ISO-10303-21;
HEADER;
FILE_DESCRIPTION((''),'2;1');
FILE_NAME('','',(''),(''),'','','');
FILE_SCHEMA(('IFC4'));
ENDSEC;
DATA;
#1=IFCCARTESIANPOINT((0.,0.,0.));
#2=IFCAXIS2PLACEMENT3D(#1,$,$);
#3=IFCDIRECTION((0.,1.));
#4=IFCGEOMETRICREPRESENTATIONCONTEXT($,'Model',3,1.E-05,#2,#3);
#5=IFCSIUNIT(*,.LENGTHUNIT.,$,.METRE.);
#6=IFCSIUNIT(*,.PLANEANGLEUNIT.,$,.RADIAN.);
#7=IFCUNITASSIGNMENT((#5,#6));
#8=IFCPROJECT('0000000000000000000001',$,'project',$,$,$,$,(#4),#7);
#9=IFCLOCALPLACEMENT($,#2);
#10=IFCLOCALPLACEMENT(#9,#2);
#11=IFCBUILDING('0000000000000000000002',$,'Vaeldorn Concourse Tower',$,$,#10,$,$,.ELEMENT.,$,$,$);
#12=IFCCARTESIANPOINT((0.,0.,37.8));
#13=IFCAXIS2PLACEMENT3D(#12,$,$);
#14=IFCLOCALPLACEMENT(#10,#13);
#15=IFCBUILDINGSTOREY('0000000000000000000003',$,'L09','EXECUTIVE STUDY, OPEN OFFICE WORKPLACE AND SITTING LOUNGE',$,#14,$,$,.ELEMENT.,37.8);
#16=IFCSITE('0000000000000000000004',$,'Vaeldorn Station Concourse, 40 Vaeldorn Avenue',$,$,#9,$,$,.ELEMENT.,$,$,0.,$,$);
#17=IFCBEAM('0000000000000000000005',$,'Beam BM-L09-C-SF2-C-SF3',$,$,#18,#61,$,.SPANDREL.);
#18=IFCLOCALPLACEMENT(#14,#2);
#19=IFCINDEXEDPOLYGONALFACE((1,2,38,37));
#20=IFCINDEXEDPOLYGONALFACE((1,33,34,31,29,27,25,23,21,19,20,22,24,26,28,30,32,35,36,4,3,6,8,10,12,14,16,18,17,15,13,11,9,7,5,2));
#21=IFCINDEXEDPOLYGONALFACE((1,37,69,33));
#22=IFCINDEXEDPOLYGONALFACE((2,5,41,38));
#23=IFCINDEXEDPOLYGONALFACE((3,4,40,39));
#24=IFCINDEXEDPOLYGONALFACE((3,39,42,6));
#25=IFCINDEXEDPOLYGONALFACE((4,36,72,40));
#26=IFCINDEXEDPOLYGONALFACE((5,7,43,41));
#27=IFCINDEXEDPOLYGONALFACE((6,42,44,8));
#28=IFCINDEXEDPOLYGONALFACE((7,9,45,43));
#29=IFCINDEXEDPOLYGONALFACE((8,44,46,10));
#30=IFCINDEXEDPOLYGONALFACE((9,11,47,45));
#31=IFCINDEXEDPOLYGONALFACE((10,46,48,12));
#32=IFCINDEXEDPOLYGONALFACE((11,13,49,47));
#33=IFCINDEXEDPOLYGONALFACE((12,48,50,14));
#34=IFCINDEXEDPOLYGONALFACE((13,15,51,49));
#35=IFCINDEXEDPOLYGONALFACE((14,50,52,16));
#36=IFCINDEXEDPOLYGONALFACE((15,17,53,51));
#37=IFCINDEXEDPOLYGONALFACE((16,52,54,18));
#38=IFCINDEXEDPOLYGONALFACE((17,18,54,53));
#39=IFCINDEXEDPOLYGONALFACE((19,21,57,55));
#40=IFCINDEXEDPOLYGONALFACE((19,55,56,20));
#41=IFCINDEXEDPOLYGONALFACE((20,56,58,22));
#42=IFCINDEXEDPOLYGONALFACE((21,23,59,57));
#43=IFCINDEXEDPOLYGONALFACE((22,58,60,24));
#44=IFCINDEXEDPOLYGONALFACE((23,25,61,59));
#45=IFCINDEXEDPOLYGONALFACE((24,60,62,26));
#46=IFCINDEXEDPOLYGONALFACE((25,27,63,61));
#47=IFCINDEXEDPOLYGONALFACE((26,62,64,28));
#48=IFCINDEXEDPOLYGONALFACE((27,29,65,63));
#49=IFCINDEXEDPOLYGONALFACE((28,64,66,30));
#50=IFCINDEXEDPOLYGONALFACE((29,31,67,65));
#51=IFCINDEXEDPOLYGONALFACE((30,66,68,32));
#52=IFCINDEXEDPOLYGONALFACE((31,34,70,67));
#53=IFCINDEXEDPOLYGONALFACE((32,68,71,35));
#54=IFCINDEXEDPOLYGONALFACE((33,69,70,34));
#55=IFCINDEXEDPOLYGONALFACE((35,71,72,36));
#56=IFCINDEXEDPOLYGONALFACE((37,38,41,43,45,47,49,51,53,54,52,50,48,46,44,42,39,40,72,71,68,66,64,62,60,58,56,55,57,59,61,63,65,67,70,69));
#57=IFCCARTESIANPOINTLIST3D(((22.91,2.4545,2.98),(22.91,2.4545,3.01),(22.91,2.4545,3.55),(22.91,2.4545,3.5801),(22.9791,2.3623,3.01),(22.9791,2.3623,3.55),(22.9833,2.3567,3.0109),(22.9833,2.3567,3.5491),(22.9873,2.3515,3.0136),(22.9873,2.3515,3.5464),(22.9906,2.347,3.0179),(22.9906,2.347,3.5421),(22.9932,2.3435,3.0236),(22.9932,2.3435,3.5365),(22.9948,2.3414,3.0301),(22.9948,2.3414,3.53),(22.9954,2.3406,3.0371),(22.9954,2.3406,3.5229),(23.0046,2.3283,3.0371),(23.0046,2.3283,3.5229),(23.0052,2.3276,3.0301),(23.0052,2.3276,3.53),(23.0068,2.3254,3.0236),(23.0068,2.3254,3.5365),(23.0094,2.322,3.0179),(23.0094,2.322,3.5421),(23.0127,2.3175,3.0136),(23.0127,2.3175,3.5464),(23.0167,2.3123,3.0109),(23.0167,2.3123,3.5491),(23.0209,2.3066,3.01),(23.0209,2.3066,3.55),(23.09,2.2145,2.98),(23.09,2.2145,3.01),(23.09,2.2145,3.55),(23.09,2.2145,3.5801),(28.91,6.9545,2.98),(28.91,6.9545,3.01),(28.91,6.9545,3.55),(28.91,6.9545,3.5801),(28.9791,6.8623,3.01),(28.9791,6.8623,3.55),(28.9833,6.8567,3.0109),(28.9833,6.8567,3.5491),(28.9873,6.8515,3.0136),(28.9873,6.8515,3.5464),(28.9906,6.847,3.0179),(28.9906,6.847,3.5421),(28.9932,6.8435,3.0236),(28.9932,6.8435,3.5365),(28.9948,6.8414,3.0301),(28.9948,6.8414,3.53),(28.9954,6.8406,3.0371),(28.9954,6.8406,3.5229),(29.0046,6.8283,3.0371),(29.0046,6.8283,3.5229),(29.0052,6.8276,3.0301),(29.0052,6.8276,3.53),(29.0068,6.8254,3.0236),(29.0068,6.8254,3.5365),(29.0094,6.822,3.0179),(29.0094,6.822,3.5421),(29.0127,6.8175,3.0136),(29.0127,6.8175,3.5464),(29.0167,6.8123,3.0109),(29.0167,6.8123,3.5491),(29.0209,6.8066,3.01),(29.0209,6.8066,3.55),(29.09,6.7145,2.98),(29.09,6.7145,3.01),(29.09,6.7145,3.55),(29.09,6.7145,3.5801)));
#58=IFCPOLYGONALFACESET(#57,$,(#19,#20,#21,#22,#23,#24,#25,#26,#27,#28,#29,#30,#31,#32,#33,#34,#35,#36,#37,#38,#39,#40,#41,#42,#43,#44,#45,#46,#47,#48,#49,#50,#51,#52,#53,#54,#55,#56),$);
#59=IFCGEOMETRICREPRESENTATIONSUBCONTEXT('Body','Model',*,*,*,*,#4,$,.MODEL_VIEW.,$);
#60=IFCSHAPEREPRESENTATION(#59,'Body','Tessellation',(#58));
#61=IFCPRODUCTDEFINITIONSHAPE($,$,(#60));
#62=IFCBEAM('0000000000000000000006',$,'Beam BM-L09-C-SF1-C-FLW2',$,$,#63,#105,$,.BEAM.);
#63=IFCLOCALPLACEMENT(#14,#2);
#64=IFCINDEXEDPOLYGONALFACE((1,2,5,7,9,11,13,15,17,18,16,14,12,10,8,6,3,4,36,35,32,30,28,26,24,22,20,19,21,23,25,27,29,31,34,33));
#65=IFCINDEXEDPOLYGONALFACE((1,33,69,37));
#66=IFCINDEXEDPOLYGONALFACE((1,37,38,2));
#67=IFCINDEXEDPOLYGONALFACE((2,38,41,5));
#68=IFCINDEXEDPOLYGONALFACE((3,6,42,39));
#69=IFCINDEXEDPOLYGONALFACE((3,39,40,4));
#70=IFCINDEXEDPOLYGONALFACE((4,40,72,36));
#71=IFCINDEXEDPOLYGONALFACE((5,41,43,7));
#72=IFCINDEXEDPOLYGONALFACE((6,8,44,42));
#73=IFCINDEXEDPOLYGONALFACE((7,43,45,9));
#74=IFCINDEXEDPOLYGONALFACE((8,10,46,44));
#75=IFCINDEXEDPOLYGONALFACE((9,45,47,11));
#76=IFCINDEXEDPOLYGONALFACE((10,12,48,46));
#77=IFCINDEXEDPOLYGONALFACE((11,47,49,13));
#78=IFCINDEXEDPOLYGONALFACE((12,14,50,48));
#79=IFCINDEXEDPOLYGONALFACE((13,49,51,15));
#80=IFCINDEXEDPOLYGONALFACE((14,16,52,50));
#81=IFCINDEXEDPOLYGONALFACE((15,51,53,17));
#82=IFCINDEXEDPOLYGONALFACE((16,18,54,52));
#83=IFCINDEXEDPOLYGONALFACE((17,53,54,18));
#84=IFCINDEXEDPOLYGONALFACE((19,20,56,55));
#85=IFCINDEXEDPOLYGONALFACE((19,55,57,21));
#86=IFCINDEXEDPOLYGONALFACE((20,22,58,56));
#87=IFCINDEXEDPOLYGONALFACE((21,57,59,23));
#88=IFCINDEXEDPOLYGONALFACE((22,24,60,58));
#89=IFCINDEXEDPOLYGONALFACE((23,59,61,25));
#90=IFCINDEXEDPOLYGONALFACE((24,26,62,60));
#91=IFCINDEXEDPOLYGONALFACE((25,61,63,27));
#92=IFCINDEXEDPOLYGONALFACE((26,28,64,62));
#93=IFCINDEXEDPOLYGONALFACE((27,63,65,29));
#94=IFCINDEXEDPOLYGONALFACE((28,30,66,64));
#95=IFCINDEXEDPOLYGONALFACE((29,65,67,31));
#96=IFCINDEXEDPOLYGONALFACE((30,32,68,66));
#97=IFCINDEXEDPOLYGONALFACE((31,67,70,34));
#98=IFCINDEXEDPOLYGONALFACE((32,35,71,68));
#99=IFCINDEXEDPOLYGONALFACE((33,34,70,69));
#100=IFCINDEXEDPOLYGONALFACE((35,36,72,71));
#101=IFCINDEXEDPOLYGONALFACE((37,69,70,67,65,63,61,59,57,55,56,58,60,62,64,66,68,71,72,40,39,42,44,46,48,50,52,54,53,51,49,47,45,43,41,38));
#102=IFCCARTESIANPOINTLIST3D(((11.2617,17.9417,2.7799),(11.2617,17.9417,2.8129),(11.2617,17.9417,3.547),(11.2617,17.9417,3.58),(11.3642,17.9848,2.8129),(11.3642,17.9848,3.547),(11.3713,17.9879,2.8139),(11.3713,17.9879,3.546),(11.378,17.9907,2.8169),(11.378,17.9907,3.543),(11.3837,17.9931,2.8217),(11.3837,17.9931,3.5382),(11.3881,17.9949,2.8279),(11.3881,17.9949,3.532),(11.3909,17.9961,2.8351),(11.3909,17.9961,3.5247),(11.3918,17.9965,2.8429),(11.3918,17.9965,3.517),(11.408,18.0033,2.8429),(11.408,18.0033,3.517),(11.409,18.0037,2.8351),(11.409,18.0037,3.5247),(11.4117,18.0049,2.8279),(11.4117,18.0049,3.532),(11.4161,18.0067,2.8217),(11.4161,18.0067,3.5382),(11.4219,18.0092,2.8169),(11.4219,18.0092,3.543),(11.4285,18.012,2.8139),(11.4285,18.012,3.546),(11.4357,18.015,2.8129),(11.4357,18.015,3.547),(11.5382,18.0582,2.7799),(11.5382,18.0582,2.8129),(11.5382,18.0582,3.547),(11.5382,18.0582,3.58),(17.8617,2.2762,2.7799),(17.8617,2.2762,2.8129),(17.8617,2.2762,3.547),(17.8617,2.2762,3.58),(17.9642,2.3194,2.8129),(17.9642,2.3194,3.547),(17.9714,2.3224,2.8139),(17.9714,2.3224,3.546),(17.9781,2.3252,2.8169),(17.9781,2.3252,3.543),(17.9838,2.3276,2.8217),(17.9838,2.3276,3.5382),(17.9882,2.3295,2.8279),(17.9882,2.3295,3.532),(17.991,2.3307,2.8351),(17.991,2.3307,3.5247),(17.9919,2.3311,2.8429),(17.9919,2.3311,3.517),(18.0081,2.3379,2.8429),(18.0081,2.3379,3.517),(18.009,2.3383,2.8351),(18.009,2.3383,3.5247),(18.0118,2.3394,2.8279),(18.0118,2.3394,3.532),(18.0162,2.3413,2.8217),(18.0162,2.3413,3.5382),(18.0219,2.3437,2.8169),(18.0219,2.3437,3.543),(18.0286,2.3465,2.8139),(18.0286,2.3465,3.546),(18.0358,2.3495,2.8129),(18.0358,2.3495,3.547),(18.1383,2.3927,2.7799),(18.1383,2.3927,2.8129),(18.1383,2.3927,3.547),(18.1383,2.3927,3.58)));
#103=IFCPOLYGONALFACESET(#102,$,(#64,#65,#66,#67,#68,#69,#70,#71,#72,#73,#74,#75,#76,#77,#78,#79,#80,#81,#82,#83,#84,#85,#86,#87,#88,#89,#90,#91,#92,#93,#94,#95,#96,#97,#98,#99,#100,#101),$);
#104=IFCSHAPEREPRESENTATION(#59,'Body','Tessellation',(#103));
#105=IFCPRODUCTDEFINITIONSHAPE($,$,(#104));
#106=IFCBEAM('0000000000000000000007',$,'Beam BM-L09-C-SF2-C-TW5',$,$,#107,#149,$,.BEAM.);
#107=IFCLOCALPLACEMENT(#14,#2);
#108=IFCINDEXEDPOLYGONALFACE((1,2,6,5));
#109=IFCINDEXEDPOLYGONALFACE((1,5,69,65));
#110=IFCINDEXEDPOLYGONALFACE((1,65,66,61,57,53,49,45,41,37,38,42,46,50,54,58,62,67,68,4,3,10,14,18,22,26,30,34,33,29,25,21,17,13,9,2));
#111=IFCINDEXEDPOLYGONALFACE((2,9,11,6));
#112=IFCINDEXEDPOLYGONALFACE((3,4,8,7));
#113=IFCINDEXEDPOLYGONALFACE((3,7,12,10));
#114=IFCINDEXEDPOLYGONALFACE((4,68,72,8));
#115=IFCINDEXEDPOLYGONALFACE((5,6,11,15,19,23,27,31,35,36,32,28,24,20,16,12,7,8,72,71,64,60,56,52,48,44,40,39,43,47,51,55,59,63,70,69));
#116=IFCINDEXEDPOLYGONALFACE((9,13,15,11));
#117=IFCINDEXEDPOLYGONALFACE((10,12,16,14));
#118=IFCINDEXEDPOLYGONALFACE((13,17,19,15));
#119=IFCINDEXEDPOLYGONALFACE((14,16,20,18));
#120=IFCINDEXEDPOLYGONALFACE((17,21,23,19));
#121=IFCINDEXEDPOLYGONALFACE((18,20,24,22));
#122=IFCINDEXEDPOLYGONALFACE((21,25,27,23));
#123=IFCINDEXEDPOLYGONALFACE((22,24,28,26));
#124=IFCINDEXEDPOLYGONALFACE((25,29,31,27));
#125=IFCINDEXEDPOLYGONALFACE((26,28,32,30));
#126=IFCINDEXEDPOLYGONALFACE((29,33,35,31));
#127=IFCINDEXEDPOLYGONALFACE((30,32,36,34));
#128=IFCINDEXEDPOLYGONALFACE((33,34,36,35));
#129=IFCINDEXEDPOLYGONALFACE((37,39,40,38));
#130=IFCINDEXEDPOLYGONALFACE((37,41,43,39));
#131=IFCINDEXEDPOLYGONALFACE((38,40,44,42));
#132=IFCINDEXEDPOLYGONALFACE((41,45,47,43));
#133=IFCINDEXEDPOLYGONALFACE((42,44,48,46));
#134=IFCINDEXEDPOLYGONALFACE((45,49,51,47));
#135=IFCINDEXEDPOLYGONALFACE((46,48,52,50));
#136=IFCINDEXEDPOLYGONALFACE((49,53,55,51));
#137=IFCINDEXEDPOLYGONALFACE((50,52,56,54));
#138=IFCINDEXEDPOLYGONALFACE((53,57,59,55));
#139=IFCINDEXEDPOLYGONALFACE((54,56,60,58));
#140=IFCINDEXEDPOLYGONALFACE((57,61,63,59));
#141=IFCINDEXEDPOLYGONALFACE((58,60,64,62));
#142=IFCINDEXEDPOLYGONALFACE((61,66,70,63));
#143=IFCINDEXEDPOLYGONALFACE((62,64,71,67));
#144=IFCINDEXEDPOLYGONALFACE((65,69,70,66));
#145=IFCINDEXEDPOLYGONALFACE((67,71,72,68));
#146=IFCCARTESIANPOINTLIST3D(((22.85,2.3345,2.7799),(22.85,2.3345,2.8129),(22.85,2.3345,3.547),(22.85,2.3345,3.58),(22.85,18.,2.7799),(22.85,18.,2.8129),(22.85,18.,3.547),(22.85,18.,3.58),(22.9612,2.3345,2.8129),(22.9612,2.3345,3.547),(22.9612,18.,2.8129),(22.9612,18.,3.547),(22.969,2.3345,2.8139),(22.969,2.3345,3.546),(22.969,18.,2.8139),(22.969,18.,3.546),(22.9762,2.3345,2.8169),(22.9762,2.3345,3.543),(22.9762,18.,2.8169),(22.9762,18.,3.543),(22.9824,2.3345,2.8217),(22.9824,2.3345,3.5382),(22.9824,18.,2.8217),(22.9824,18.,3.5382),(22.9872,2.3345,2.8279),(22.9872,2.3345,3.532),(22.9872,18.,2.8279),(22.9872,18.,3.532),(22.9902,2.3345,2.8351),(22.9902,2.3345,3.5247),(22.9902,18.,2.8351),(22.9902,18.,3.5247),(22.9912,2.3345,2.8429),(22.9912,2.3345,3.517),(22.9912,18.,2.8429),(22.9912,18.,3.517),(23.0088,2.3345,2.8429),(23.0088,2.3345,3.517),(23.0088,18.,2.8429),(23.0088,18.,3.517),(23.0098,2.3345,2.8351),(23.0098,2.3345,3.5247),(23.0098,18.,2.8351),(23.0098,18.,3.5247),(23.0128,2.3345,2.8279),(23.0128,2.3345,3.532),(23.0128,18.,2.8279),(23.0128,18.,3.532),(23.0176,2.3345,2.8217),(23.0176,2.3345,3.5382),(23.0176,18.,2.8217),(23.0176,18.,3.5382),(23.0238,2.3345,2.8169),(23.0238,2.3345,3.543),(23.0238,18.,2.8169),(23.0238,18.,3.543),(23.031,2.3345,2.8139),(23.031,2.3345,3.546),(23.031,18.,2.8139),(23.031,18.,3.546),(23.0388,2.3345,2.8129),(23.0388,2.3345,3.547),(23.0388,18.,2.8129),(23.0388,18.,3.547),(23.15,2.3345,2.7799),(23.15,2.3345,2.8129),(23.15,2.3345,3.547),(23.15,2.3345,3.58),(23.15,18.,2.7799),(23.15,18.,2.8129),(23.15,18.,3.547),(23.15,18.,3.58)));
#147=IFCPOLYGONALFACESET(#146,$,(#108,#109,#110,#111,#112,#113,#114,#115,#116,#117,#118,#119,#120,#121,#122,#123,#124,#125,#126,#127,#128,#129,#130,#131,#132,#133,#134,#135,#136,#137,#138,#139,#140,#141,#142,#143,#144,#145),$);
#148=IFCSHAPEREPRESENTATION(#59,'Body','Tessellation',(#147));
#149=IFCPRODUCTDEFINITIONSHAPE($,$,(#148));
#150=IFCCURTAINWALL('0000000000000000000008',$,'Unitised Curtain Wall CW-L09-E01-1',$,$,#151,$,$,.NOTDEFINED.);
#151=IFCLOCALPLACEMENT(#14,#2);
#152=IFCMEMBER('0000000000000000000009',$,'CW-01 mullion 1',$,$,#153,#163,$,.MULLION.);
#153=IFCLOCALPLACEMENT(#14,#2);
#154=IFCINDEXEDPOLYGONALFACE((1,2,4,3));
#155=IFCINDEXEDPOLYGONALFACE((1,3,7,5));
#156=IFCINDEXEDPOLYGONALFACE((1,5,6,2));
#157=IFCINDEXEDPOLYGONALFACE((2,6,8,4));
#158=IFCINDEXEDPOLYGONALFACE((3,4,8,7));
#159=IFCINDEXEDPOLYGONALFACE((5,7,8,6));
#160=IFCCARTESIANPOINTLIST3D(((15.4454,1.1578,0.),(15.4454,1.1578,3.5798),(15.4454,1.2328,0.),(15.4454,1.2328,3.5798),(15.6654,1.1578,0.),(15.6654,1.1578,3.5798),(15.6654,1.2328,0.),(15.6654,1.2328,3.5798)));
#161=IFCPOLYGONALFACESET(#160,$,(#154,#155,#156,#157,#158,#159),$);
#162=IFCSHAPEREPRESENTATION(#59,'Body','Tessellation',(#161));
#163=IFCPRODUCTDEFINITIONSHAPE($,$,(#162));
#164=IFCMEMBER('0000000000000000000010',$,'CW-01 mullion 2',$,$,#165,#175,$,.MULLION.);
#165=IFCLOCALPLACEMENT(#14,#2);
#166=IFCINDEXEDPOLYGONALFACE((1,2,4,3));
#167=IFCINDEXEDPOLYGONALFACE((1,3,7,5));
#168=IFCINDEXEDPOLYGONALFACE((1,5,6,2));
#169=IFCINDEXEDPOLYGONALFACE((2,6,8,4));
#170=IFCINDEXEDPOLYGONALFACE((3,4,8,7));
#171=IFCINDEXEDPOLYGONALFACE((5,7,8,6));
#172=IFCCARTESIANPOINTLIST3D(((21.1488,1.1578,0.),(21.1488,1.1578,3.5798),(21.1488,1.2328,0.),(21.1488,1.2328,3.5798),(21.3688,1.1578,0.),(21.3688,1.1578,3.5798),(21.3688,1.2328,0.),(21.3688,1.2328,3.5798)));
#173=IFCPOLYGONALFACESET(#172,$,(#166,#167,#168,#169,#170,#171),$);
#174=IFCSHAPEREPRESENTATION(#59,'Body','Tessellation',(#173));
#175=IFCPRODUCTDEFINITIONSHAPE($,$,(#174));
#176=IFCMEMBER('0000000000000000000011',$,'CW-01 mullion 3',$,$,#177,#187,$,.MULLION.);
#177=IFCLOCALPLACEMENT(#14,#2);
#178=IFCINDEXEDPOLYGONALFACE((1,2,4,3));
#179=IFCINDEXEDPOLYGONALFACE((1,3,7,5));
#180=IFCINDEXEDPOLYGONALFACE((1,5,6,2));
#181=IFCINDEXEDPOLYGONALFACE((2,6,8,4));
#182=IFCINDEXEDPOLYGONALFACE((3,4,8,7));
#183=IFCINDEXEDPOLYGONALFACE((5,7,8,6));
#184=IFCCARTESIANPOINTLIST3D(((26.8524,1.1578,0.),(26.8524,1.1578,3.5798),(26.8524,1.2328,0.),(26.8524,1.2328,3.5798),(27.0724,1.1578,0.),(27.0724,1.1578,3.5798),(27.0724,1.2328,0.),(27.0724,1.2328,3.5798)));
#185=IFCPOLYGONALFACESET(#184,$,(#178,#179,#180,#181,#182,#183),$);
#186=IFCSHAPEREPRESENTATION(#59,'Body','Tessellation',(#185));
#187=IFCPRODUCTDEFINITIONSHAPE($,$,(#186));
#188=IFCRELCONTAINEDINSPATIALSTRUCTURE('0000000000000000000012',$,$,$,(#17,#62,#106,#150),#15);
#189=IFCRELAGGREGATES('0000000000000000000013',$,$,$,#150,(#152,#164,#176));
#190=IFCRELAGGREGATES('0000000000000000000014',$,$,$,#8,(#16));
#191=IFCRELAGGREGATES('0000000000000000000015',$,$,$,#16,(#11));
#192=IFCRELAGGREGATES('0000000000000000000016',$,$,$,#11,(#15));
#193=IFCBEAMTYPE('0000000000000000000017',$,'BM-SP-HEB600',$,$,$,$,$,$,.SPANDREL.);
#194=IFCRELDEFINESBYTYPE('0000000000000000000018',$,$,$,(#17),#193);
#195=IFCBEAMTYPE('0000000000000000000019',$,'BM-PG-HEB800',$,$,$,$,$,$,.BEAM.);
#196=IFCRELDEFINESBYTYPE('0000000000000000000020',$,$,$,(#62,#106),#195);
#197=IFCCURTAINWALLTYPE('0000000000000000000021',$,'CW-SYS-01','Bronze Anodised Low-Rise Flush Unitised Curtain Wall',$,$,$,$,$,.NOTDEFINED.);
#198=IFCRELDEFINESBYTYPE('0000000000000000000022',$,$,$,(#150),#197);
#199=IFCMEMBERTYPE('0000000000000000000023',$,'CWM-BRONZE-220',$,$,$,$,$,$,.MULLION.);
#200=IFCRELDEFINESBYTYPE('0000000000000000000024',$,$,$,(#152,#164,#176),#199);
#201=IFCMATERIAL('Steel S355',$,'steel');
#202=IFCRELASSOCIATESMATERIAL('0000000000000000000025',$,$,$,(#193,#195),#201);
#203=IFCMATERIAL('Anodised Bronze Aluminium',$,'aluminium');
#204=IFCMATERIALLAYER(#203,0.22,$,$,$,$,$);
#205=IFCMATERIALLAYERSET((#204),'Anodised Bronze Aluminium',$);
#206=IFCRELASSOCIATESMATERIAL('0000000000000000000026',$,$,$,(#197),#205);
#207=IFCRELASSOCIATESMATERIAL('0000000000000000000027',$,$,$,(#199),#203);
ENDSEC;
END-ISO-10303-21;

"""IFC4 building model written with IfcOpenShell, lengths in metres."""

from ifc_helpers import new_model, si_unit, direction, frame, origin, origin_2d, place, context, subcontext, project, spatial, rectangle, i_section, extrude, source, transform, mapped, material, layer, layer_set, material_profile, profile_set, type_object, element, aggregate, save


model = new_model("IFC4")

# Units and contexts
model_context = context("Model", 3, precision=1e-05, world=origin(), true_north=direction((0.0, 1.0)))
body_context = subcontext(model_context, "Body", "Model", "MODEL_VIEW")
ifc_project = project(units=[si_unit("LENGTHUNIT", "METRE"), si_unit("PLANEANGLEUNIT", "RADIAN")], contexts=[model_context])

# Site, building, storey
site_placement = place(None, origin())
site = spatial("IfcSite", under=ifc_project, at=site_placement, Name="Vaeldorn Station Concourse, 40 Vaeldorn Avenue", CompositionType="ELEMENT", RefElevation=0.0)
building_placement = place(site_placement, origin())
building = spatial("IfcBuilding", under=site, at=building_placement, Name="Vaeldorn Concourse Tower", CompositionType="ELEMENT")
storey_placement = place(building_placement, frame((0.0, 0.0, 37.8)))
storey = spatial("IfcBuildingStorey", under=building, at=storey_placement, Name="L09", Description="EXECUTIVE STUDY, OPEN OFFICE WORKPLACE AND SITTING LOUNGE", CompositionType="ELEMENT", Elevation=37.8)

# Beams
ifc_material_1 = material(Name="Steel S355", Category="steel")
ifc_material_profile_1 = material_profile(ifc_material_1, i_section(OverallWidth=0.3, OverallDepth=0.6001, WebThickness=0.0154, FlangeThickness=0.03, FilletRadius=0.0271, at=origin_2d()), Name="HEB 600")
ifc_profile_set_1 = profile_set([ifc_material_profile_1], Name="Steel S355")
beam_type_1 = type_object("IfcBeamType", Name="BM-SP-HEB600", PredefinedType="SPANDREL", material=ifc_profile_set_1)
shared_shape_1 = source(origin(), body_context, "Body", "SweptSolid", [
    extrude(i_section(OverallWidth=0.3, OverallDepth=0.6001, WebThickness=0.0154, FlangeThickness=0.03, FilletRadius=0.0271, at=origin_2d()), origin(), (0.0, 0.0, 1.0), 7.5),
])
beam_1_placement = place(storey_placement, frame((23.0, 2.3345, 3.28), z_axis=(0.8, 0.6, 0.0), x_axis=(-0.6, 0.8, 0.0)))
element("IfcBeam", 1, at=beam_1_placement, inside=storey, type_object=beam_type_1, Name="Beam BM-L09-C-SF2-C-SF3", PredefinedType="SPANDREL", context=body_context, shape_type="MappedRepresentation", body=[
    mapped(shared_shape_1, transform((0.0, 0.0, 0.0), scale=1.0)),
])
ifc_material_profile_2 = material_profile(ifc_material_1, i_section(OverallWidth=0.3, OverallDepth=0.8, WebThickness=0.0176, FlangeThickness=0.033, FilletRadius=0.03, at=origin_2d()), Name="HEB 800")
ifc_profile_set_2 = profile_set([ifc_material_profile_2], Name="Steel S355")
beam_type_2 = type_object("IfcBeamType", Name="BM-PG-HEB800", PredefinedType="BEAM", material=ifc_profile_set_2)
shared_shape_2 = source(origin(), body_context, "Body", "SweptSolid", [
    extrude(i_section(OverallWidth=0.3, OverallDepth=0.8, WebThickness=0.0176, FlangeThickness=0.033, FilletRadius=0.03, at=origin_2d()), origin(), (0.0, 0.0, 1.0), 16.999),
])
beam_2_placement = place(storey_placement, frame((18.0, 2.3345, 3.1799), z_axis=(-0.388261, 0.921549, 0.0), x_axis=(-0.921549, -0.388261, 0.0)))
element("IfcBeam", 2, at=beam_2_placement, inside=storey, type_object=beam_type_2, Name="Beam BM-L09-C-SF1-C-FLW2", PredefinedType="BEAM", context=body_context, shape_type="MappedRepresentation", body=[
    mapped(shared_shape_2, transform((0.0, 0.0, 0.0), scale=1.0)),
])
shared_shape_3 = source(origin(), body_context, "Body", "SweptSolid", [
    extrude(i_section(OverallWidth=0.3, OverallDepth=0.8, WebThickness=0.0176, FlangeThickness=0.033, FilletRadius=0.03, at=origin_2d()), origin(), (0.0, 0.0, 1.0), 15.6655),
])
beam_3_placement = place(storey_placement, frame((23.0, 2.3345, 3.1799), z_axis=(0.0, 1.0, 0.0), x_axis=(-1.0, 0.0, 0.0)))
element("IfcBeam", 3, at=beam_3_placement, inside=storey, type_object=beam_type_2, Name="Beam BM-L09-C-SF2-C-TW5", PredefinedType="BEAM", context=body_context, shape_type="MappedRepresentation", body=[
    mapped(shared_shape_3, transform((0.0, 0.0, 0.0), scale=1.0)),
])

# Curtain wall, members
ifc_material_2 = material(Name="Anodised Bronze Aluminium", Category="aluminium")
ifc_layer_1 = layer(ifc_material_2, 0.22)
ifc_layer_set_1 = layer_set([ifc_layer_1], Name="Anodised Bronze Aluminium")
curtain_wall_type = type_object("IfcCurtainWallType", Name="CW-SYS-01", Description="Bronze Anodised Low-Rise Flush Unitised Curtain Wall", PredefinedType="NOTDEFINED", material=ifc_layer_set_1)
curtain_wall_1_placement = place(storey_placement, origin())
curtain_wall_1 = element("IfcCurtainWall", 4, at=curtain_wall_1_placement, inside=storey, type_object=curtain_wall_type, Name="Unitised Curtain Wall CW-L09-E01-1", PredefinedType="NOTDEFINED")
ifc_material_profile_3 = material_profile(ifc_material_2, rectangle(XDim=0.075, YDim=0.22, at=origin_2d()), Name="CWM 75x220")
ifc_profile_set_3 = profile_set([ifc_material_profile_3], Name="Anodised Bronze Aluminium")
member_type_1 = type_object("IfcMemberType", Name="CWM-BRONZE-220", PredefinedType="MULLION", material=ifc_profile_set_3)
shared_shape_4 = source(origin(), body_context, "Body", "SweptSolid", [
    extrude(rectangle(XDim=0.075, YDim=0.22, at=origin_2d()), origin(), (0.0, 0.0, 1.0), 3.5798),
])
member_1_placement = place(storey_placement, frame((15.5554, 1.1953, 0.0), z_axis=(0.0, 0.0, 1.0), x_axis=(0.0, 1.0, 0.0)))
member_1 = element("IfcMember", 5, at=member_1_placement, type_object=member_type_1, Name="CW-01 mullion 1", PredefinedType="MULLION", context=body_context, shape_type="MappedRepresentation", body=[
    mapped(shared_shape_4, transform((0.0, 0.0, 0.0), scale=1.0)),
])
member_2_placement = place(storey_placement, frame((21.2588, 1.1953, 0.0), z_axis=(0.0, 0.0, 1.0), x_axis=(0.0, 1.0, 0.0)))
member_2 = element("IfcMember", 6, at=member_2_placement, type_object=member_type_1, Name="CW-01 mullion 2", PredefinedType="MULLION", context=body_context, shape_type="MappedRepresentation", body=[
    mapped(shared_shape_4, transform((0.0, 0.0, 0.0), scale=1.0)),
])
member_3_placement = place(storey_placement, frame((26.9624, 1.1953, 0.0), z_axis=(0.0, 0.0, 1.0), x_axis=(0.0, 1.0, 0.0)))
member_3 = element("IfcMember", 7, at=member_3_placement, type_object=member_type_1, Name="CW-01 mullion 3", PredefinedType="MULLION", context=body_context, shape_type="MappedRepresentation", body=[
    mapped(shared_shape_4, transform((0.0, 0.0, 0.0), scale=1.0)),
])

aggregate(curtain_wall_1, [member_1, member_2, member_3])

save(model, "model.ifc")
